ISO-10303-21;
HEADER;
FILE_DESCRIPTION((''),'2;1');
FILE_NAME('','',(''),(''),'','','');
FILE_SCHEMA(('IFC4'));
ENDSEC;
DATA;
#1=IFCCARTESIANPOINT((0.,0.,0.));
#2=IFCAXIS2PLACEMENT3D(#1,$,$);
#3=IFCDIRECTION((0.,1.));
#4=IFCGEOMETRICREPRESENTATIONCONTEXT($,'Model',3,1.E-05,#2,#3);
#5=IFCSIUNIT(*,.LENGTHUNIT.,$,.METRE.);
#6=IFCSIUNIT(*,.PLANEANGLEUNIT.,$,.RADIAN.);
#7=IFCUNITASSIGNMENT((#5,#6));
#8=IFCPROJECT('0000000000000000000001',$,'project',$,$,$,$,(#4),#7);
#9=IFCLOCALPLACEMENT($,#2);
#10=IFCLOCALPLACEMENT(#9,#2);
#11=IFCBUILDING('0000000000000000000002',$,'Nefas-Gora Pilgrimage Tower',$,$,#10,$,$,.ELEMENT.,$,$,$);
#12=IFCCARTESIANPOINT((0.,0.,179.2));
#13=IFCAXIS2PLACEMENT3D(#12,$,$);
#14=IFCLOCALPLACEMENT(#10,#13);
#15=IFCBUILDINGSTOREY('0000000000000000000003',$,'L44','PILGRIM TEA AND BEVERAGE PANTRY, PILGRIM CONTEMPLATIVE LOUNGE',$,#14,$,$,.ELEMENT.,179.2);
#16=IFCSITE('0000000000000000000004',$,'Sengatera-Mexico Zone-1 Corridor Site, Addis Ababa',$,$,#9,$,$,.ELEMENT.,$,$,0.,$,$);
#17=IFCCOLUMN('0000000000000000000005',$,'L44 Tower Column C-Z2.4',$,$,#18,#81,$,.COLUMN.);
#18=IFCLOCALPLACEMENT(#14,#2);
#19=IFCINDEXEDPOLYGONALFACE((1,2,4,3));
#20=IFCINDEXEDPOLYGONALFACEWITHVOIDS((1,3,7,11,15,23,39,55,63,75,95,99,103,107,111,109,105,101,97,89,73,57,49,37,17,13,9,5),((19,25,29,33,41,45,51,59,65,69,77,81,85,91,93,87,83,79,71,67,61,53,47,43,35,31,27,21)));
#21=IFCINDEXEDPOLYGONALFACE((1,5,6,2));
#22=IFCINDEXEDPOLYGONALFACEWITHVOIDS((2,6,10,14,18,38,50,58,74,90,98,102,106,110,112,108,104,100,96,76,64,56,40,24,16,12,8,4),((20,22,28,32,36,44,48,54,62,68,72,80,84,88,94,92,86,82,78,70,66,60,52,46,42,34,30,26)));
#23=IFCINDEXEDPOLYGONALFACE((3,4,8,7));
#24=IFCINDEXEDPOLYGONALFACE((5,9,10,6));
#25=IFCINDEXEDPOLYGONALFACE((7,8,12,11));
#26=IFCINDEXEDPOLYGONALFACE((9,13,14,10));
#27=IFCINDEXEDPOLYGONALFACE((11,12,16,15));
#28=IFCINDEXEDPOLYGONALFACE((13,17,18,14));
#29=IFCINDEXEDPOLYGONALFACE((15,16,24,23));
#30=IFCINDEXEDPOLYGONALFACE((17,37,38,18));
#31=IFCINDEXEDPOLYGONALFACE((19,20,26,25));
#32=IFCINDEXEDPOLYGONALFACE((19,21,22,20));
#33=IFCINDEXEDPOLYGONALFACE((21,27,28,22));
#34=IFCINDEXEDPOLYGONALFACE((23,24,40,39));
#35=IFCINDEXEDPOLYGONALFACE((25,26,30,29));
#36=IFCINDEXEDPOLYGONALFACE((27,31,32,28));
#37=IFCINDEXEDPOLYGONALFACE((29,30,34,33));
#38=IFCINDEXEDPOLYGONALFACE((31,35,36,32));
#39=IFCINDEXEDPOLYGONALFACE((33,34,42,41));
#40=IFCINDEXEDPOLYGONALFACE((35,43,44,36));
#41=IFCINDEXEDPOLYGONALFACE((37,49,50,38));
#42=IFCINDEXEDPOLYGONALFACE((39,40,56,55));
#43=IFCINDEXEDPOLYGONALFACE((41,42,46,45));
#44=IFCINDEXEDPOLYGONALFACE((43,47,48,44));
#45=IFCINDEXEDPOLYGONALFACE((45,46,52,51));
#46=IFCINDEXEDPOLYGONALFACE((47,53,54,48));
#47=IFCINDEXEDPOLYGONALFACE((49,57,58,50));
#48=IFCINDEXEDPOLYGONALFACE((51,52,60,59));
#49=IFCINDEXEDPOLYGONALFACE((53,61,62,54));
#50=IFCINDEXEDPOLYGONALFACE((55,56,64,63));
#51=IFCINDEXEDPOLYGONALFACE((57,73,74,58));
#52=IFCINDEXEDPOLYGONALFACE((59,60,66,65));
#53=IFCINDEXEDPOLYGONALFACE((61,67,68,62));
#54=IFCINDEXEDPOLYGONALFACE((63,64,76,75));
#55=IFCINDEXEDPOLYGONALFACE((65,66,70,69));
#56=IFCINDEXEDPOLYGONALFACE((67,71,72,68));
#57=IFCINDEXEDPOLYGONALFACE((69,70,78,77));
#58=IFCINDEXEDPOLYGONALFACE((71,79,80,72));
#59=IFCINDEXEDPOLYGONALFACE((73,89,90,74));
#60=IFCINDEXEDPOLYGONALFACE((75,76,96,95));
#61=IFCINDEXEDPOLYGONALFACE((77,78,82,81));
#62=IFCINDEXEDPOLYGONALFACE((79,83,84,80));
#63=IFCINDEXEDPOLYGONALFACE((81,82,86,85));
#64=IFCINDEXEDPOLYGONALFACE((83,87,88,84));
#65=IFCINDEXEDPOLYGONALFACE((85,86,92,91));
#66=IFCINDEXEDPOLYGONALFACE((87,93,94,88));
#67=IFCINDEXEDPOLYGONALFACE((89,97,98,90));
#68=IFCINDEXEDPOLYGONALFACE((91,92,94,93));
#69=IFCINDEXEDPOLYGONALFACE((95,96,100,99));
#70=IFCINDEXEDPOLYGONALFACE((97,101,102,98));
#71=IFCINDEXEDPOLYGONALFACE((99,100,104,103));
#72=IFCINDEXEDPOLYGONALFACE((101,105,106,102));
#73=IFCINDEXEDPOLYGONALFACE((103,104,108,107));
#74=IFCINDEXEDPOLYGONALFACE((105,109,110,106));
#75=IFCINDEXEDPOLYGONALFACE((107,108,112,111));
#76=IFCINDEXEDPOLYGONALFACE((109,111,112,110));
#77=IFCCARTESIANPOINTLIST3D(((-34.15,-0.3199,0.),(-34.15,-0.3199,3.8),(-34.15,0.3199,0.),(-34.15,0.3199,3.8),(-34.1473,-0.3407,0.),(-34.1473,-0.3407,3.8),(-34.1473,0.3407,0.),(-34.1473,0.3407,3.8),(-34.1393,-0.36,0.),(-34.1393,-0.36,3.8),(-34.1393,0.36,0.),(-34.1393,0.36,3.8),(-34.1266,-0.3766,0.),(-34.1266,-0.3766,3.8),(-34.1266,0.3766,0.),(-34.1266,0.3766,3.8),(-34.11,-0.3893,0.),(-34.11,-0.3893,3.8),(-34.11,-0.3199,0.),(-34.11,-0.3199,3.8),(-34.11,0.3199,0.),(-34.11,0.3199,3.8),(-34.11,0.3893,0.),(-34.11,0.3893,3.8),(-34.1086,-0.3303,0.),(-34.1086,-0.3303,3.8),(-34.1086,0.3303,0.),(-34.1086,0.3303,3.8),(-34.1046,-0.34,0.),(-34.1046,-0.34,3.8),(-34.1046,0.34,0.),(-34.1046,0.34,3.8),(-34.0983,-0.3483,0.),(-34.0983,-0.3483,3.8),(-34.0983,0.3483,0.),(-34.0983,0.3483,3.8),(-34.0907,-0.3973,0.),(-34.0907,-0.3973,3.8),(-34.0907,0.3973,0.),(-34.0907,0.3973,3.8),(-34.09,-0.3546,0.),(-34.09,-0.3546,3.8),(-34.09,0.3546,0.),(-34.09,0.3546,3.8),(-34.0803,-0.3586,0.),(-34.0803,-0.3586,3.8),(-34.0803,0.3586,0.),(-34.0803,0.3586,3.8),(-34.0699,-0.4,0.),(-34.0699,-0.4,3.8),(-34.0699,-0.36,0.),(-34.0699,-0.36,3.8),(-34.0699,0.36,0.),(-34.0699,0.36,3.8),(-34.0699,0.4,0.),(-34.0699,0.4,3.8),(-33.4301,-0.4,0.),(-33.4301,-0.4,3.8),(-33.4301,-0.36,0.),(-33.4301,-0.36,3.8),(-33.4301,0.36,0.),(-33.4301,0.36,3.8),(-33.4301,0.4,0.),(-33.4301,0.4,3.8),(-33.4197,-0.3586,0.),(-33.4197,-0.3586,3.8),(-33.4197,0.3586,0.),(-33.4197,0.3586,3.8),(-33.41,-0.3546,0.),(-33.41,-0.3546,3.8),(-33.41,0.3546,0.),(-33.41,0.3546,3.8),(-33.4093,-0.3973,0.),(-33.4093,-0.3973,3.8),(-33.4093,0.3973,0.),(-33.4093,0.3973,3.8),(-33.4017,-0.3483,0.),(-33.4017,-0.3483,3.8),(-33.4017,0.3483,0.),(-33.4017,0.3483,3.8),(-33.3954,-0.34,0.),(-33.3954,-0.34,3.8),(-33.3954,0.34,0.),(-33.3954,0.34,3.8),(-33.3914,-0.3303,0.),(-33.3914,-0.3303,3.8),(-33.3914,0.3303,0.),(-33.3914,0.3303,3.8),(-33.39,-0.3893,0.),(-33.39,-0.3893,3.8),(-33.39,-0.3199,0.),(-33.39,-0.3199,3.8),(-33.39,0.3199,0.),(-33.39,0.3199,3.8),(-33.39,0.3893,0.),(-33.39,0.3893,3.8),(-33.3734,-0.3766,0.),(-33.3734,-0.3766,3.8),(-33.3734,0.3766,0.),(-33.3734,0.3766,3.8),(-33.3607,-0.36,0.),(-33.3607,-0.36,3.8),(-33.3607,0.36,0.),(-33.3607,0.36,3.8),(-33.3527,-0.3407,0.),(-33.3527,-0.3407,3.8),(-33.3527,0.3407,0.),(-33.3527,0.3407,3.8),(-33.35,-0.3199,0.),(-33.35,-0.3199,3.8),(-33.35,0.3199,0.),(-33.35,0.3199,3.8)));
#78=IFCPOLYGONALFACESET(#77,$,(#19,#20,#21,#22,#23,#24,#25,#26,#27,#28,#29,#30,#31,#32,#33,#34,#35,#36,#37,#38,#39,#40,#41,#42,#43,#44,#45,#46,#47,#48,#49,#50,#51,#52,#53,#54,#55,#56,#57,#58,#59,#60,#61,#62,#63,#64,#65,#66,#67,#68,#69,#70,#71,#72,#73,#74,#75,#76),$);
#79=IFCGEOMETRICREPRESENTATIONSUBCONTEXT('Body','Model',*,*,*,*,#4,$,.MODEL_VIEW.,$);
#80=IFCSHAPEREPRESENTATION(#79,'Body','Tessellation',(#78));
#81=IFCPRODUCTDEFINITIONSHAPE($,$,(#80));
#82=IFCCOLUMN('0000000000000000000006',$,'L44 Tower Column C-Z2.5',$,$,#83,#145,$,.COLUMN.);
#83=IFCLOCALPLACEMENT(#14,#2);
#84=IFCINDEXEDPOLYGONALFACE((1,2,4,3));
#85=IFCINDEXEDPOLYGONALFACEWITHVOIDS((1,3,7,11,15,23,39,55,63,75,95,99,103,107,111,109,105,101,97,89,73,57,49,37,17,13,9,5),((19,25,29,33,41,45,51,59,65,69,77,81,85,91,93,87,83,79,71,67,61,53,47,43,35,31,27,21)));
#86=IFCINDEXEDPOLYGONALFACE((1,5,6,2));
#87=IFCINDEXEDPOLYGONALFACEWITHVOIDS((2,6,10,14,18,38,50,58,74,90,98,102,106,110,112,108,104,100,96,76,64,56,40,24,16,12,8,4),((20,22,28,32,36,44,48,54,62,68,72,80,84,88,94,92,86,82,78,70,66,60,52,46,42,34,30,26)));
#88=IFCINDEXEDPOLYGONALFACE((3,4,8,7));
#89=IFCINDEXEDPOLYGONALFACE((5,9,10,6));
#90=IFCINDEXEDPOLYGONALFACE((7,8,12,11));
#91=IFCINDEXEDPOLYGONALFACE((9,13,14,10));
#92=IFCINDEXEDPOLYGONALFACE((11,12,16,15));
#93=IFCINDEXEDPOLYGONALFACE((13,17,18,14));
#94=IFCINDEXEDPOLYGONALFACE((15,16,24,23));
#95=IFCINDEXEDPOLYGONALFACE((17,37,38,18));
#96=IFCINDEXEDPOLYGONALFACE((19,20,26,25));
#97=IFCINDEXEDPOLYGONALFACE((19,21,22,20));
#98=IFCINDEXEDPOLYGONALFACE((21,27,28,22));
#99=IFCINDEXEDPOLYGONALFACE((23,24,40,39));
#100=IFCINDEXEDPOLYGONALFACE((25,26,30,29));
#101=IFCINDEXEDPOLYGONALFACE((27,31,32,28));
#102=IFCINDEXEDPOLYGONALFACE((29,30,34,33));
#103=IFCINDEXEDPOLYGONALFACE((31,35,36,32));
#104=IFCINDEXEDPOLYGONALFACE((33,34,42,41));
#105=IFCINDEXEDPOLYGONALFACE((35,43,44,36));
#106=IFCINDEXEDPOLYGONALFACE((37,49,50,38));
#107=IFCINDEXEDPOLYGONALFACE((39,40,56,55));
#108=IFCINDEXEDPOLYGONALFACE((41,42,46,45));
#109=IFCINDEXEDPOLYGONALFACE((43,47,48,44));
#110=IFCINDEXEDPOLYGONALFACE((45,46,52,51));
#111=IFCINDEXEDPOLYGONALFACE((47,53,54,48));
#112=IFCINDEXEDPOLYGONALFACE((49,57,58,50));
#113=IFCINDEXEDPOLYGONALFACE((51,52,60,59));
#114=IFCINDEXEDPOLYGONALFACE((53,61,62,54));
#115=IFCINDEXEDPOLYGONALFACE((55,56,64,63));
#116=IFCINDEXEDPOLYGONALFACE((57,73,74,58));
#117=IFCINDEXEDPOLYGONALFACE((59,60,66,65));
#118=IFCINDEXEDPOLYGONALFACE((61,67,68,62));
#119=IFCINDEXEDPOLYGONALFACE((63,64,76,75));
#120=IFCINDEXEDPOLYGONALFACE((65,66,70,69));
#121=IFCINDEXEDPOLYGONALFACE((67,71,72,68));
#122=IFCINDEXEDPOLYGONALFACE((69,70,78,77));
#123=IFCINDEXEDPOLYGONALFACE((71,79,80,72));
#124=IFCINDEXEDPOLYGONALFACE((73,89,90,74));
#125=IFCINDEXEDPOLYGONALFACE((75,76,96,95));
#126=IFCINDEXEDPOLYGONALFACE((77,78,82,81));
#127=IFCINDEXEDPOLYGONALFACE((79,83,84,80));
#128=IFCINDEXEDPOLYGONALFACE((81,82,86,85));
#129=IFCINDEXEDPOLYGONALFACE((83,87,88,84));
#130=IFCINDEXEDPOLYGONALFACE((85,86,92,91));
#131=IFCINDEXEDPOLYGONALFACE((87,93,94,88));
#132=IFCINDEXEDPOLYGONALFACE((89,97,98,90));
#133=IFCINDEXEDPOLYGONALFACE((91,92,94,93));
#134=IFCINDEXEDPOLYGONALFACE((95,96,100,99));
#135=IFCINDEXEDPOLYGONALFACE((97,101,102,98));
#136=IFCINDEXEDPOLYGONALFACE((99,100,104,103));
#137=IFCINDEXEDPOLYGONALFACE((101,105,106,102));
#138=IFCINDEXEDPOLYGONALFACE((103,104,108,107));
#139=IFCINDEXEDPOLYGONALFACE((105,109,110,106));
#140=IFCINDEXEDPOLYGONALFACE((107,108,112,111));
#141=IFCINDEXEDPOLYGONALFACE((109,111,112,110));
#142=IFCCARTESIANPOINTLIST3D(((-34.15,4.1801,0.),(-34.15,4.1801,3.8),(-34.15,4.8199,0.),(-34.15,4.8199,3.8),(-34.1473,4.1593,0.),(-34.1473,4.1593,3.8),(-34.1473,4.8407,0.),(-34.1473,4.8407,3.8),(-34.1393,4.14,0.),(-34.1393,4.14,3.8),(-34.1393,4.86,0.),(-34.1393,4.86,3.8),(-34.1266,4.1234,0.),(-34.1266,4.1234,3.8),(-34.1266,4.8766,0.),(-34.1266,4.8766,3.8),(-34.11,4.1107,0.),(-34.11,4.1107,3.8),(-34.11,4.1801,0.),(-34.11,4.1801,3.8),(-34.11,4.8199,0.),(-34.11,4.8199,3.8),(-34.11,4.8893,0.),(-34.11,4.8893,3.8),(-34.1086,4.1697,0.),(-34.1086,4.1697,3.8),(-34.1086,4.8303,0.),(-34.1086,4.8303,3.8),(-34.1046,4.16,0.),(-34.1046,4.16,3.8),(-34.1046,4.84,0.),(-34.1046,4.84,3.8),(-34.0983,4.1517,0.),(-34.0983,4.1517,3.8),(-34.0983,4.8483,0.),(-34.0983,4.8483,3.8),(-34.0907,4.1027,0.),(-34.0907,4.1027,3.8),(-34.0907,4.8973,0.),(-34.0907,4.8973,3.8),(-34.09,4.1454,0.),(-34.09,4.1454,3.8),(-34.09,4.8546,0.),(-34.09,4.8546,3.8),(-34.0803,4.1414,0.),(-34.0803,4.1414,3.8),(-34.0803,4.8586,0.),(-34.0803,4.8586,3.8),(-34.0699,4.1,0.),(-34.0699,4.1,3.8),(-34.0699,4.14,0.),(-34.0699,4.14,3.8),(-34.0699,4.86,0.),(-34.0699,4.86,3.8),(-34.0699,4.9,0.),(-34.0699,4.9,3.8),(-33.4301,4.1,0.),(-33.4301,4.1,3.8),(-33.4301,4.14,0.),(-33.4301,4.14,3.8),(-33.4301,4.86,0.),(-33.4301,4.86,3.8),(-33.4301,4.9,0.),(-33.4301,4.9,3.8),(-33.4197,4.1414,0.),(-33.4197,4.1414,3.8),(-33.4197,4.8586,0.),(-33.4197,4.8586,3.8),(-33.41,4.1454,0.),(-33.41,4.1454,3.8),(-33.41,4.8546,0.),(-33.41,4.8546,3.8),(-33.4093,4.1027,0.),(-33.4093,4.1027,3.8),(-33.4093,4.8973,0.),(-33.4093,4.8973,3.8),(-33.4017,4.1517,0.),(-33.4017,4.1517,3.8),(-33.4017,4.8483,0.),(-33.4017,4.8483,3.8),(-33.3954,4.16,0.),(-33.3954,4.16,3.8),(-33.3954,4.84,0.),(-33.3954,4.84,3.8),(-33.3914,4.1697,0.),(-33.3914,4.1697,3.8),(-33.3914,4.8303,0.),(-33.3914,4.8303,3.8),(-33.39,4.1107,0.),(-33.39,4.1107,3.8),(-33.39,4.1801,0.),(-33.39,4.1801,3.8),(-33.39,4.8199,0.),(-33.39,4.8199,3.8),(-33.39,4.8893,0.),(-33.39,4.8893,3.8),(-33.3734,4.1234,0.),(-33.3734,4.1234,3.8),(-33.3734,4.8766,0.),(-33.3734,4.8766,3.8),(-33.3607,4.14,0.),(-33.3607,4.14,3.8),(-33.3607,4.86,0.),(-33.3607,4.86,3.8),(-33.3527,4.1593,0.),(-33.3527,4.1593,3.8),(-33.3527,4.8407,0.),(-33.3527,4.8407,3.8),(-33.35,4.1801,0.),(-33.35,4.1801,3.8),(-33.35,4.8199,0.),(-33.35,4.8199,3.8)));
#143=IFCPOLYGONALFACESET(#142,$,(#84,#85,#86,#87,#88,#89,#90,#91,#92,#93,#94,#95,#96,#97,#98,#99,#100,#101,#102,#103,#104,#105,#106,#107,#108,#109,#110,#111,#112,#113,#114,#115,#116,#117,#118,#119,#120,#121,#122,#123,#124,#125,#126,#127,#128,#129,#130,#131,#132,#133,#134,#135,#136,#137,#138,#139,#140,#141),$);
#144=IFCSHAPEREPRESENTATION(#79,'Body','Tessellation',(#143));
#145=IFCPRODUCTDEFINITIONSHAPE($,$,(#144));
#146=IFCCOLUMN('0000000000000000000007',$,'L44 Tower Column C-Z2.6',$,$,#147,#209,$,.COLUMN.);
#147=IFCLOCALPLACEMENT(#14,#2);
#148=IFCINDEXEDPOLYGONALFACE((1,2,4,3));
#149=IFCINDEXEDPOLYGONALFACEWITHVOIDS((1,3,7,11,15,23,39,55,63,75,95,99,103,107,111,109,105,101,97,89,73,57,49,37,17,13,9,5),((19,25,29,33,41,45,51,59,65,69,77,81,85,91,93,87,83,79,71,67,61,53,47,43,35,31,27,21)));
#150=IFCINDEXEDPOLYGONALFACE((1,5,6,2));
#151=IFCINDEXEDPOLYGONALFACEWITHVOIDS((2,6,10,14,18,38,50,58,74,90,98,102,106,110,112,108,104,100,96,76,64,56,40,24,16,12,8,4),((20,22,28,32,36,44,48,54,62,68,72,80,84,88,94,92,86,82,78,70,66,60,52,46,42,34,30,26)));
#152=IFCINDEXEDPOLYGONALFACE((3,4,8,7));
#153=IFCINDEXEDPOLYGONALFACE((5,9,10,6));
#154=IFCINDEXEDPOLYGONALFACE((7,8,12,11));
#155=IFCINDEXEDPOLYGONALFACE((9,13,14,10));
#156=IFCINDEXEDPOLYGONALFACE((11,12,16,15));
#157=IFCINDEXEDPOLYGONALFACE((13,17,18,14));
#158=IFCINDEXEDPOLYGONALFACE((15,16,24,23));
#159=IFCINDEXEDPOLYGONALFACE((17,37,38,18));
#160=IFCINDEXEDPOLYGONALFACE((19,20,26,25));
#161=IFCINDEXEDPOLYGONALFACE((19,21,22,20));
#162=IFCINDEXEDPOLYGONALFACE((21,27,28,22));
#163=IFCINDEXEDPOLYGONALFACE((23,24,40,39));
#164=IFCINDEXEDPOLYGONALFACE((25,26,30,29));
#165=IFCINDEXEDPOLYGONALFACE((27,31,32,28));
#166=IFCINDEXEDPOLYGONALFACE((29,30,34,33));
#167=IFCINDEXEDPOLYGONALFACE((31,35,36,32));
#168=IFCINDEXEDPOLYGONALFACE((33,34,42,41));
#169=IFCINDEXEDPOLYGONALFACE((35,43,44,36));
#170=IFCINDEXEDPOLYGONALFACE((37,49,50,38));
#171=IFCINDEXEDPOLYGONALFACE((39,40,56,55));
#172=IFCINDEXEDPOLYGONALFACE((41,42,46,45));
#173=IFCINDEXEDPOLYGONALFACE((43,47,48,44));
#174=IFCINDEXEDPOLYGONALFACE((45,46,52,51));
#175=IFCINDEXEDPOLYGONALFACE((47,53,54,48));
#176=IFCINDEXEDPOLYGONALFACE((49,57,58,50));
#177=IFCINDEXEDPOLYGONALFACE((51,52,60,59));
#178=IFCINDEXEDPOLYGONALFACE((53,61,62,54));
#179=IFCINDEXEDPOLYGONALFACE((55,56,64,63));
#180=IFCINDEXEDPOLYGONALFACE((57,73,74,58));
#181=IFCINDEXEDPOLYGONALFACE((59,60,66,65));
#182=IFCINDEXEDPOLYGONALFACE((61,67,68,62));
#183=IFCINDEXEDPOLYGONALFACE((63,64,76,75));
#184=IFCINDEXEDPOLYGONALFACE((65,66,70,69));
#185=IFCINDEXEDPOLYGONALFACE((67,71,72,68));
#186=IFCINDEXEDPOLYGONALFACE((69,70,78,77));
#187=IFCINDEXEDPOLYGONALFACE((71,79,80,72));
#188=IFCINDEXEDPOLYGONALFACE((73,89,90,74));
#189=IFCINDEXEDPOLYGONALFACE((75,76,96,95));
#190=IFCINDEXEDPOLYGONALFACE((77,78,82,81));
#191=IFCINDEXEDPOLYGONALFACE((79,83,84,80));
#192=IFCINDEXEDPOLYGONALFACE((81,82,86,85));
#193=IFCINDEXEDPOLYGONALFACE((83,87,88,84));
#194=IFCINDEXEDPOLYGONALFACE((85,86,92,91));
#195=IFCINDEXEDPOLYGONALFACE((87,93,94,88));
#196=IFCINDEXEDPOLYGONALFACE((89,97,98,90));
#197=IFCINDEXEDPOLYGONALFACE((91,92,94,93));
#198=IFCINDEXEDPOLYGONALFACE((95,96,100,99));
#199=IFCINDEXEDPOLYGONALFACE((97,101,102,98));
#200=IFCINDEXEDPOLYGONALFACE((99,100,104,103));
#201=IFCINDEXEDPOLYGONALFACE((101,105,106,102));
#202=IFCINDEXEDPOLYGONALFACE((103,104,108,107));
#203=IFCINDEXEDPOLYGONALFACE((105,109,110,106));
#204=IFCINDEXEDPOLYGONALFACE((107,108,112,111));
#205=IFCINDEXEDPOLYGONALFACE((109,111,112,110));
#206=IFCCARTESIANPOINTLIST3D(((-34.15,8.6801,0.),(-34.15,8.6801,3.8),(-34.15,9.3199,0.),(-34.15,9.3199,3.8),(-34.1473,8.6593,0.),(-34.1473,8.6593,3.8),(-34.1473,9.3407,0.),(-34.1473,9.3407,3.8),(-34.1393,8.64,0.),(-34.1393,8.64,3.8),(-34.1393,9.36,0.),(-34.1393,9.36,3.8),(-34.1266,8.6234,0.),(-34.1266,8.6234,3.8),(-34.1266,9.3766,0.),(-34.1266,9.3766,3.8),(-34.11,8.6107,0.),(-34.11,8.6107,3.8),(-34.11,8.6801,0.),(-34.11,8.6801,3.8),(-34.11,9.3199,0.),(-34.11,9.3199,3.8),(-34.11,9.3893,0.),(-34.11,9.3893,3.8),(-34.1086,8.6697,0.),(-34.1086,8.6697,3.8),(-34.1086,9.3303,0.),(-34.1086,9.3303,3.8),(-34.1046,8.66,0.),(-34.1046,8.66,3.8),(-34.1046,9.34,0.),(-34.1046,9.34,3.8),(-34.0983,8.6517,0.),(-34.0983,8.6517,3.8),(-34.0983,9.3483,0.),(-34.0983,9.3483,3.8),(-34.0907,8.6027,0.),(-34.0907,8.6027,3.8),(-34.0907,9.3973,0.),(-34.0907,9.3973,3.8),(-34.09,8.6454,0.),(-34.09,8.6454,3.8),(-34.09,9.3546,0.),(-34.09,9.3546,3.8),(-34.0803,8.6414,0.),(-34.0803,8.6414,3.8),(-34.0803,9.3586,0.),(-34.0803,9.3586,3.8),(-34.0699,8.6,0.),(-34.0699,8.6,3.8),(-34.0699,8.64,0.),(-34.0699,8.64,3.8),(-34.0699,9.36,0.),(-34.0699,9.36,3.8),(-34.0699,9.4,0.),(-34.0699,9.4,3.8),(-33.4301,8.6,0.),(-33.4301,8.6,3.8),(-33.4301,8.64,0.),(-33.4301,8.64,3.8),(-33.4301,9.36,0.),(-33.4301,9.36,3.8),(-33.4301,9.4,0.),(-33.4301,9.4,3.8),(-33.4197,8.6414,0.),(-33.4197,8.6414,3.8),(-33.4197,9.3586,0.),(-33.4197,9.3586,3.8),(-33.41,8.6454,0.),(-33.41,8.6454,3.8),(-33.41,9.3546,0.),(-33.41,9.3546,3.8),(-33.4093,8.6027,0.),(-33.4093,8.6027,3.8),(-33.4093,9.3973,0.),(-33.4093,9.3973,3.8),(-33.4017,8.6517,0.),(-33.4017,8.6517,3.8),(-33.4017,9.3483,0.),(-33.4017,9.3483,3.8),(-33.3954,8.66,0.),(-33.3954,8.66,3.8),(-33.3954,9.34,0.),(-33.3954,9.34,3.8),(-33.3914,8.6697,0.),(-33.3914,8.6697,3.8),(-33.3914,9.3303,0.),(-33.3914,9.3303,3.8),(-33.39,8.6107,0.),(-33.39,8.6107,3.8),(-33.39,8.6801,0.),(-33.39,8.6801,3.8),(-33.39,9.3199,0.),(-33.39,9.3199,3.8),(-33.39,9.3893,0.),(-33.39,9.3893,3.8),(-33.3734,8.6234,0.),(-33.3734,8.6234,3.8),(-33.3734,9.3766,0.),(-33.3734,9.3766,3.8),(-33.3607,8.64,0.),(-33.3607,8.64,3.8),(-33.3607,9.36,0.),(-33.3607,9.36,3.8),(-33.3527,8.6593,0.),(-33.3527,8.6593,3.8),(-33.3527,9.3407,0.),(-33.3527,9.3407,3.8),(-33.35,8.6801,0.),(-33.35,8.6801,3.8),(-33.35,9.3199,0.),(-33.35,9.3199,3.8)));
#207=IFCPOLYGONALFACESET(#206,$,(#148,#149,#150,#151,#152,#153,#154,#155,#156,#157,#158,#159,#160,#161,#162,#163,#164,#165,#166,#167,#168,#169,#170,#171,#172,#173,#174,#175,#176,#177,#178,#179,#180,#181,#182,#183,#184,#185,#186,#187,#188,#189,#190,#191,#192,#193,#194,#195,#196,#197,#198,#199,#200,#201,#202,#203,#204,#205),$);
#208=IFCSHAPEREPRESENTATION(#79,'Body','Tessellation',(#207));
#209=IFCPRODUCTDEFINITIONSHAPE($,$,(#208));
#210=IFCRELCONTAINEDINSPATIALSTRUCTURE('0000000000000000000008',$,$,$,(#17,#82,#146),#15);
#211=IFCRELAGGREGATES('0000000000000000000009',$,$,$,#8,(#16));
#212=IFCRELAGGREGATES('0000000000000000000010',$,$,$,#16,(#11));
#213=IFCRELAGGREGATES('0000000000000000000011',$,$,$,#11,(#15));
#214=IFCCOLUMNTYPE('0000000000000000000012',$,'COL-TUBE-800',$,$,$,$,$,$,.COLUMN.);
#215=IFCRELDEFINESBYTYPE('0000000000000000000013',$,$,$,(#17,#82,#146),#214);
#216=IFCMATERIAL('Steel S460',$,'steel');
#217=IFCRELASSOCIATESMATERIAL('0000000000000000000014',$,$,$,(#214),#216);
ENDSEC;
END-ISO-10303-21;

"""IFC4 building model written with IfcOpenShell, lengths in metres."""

from ifc_helpers import new_model, si_unit, direction, frame, origin, origin_2d, place, context, subcontext, project, spatial, hollow_rectangle, extrude, source, transform, mapped, material, material_profile, profile_set, type_object, element, save


model = new_model("IFC4")

# Units and contexts
model_context = context("Model", 3, precision=1e-05, world=origin(), true_north=direction((0.0, 1.0)))
body_context = subcontext(model_context, "Body", "Model", "MODEL_VIEW")
ifc_project = project(units=[si_unit("LENGTHUNIT", "METRE"), si_unit("PLANEANGLEUNIT", "RADIAN")], contexts=[model_context])

# Site, building, storey
site_placement = place(None, origin())
site = spatial("IfcSite", under=ifc_project, at=site_placement, Name="Sengatera-Mexico Zone-1 Corridor Site, Addis Ababa", CompositionType="ELEMENT", RefElevation=0.0)
building_placement = place(site_placement, origin())
building = spatial("IfcBuilding", under=site, at=building_placement, Name="Nefas-Gora Pilgrimage Tower", CompositionType="ELEMENT")
storey_placement = place(building_placement, frame((0.0, 0.0, 179.2)))
storey = spatial("IfcBuildingStorey", under=building, at=storey_placement, Name="L44", Description="PILGRIM TEA AND BEVERAGE PANTRY, PILGRIM CONTEMPLATIVE LOUNGE", CompositionType="ELEMENT", Elevation=179.2)

# Columns
ifc_material_1 = material(Name="Steel S460", Category="steel")
ifc_material_profile_1 = material_profile(ifc_material_1, hollow_rectangle(XDim=0.8, YDim=0.8, WallThickness=0.04, InnerFilletRadius=0.04, OuterFilletRadius=0.0801, at=origin_2d()), Name="BOX 800x800x40")
ifc_profile_set_1 = profile_set([ifc_material_profile_1], Name="Steel S460")
column_type_1 = type_object("IfcColumnType", Name="COL-TUBE-800", PredefinedType="COLUMN", material=ifc_profile_set_1)
shared_shape_1 = source(origin(), body_context, "Body", "SweptSolid", [
    extrude(hollow_rectangle(XDim=0.8, YDim=0.8, WallThickness=0.04, InnerFilletRadius=0.04, OuterFilletRadius=0.0801, at=origin_2d()), origin(), (0.0, 0.0, 1.0), 3.8),
])
for number, where, z_axis, x_axis, name in (
    (1, (-33.75, 0.0, 0.0), (0.0, 0.0, 1.0), (1.0, 0.0, 0.0), "L44 Tower Column C-Z2.4"),
    (2, (-33.75, 4.5, 0.0), (0.0, 0.0, 1.0), (1.0, 0.0, 0.0), "L44 Tower Column C-Z2.5"),
    (3, (-33.75, 9.0, 0.0), (0.0, 0.0, 1.0), (1.0, 0.0, 0.0), "L44 Tower Column C-Z2.6"),
):
    element("IfcColumn", number, at=place(storey_placement, frame(where, z_axis=z_axis, x_axis=x_axis)), inside=storey, type_object=column_type_1, Name=name, PredefinedType="COLUMN", context=body_context, shape_type="MappedRepresentation", body=[
        mapped(shared_shape_1, transform((0.0, 0.0, 0.0), x_axis=(1.0, 0.0, 0.0), y_axis=(0.0, 1.0, 0.0), z_axis=(0.0, 0.0, 1.0), scale=1.0)),
    ])

save(model, "model.ifc")
